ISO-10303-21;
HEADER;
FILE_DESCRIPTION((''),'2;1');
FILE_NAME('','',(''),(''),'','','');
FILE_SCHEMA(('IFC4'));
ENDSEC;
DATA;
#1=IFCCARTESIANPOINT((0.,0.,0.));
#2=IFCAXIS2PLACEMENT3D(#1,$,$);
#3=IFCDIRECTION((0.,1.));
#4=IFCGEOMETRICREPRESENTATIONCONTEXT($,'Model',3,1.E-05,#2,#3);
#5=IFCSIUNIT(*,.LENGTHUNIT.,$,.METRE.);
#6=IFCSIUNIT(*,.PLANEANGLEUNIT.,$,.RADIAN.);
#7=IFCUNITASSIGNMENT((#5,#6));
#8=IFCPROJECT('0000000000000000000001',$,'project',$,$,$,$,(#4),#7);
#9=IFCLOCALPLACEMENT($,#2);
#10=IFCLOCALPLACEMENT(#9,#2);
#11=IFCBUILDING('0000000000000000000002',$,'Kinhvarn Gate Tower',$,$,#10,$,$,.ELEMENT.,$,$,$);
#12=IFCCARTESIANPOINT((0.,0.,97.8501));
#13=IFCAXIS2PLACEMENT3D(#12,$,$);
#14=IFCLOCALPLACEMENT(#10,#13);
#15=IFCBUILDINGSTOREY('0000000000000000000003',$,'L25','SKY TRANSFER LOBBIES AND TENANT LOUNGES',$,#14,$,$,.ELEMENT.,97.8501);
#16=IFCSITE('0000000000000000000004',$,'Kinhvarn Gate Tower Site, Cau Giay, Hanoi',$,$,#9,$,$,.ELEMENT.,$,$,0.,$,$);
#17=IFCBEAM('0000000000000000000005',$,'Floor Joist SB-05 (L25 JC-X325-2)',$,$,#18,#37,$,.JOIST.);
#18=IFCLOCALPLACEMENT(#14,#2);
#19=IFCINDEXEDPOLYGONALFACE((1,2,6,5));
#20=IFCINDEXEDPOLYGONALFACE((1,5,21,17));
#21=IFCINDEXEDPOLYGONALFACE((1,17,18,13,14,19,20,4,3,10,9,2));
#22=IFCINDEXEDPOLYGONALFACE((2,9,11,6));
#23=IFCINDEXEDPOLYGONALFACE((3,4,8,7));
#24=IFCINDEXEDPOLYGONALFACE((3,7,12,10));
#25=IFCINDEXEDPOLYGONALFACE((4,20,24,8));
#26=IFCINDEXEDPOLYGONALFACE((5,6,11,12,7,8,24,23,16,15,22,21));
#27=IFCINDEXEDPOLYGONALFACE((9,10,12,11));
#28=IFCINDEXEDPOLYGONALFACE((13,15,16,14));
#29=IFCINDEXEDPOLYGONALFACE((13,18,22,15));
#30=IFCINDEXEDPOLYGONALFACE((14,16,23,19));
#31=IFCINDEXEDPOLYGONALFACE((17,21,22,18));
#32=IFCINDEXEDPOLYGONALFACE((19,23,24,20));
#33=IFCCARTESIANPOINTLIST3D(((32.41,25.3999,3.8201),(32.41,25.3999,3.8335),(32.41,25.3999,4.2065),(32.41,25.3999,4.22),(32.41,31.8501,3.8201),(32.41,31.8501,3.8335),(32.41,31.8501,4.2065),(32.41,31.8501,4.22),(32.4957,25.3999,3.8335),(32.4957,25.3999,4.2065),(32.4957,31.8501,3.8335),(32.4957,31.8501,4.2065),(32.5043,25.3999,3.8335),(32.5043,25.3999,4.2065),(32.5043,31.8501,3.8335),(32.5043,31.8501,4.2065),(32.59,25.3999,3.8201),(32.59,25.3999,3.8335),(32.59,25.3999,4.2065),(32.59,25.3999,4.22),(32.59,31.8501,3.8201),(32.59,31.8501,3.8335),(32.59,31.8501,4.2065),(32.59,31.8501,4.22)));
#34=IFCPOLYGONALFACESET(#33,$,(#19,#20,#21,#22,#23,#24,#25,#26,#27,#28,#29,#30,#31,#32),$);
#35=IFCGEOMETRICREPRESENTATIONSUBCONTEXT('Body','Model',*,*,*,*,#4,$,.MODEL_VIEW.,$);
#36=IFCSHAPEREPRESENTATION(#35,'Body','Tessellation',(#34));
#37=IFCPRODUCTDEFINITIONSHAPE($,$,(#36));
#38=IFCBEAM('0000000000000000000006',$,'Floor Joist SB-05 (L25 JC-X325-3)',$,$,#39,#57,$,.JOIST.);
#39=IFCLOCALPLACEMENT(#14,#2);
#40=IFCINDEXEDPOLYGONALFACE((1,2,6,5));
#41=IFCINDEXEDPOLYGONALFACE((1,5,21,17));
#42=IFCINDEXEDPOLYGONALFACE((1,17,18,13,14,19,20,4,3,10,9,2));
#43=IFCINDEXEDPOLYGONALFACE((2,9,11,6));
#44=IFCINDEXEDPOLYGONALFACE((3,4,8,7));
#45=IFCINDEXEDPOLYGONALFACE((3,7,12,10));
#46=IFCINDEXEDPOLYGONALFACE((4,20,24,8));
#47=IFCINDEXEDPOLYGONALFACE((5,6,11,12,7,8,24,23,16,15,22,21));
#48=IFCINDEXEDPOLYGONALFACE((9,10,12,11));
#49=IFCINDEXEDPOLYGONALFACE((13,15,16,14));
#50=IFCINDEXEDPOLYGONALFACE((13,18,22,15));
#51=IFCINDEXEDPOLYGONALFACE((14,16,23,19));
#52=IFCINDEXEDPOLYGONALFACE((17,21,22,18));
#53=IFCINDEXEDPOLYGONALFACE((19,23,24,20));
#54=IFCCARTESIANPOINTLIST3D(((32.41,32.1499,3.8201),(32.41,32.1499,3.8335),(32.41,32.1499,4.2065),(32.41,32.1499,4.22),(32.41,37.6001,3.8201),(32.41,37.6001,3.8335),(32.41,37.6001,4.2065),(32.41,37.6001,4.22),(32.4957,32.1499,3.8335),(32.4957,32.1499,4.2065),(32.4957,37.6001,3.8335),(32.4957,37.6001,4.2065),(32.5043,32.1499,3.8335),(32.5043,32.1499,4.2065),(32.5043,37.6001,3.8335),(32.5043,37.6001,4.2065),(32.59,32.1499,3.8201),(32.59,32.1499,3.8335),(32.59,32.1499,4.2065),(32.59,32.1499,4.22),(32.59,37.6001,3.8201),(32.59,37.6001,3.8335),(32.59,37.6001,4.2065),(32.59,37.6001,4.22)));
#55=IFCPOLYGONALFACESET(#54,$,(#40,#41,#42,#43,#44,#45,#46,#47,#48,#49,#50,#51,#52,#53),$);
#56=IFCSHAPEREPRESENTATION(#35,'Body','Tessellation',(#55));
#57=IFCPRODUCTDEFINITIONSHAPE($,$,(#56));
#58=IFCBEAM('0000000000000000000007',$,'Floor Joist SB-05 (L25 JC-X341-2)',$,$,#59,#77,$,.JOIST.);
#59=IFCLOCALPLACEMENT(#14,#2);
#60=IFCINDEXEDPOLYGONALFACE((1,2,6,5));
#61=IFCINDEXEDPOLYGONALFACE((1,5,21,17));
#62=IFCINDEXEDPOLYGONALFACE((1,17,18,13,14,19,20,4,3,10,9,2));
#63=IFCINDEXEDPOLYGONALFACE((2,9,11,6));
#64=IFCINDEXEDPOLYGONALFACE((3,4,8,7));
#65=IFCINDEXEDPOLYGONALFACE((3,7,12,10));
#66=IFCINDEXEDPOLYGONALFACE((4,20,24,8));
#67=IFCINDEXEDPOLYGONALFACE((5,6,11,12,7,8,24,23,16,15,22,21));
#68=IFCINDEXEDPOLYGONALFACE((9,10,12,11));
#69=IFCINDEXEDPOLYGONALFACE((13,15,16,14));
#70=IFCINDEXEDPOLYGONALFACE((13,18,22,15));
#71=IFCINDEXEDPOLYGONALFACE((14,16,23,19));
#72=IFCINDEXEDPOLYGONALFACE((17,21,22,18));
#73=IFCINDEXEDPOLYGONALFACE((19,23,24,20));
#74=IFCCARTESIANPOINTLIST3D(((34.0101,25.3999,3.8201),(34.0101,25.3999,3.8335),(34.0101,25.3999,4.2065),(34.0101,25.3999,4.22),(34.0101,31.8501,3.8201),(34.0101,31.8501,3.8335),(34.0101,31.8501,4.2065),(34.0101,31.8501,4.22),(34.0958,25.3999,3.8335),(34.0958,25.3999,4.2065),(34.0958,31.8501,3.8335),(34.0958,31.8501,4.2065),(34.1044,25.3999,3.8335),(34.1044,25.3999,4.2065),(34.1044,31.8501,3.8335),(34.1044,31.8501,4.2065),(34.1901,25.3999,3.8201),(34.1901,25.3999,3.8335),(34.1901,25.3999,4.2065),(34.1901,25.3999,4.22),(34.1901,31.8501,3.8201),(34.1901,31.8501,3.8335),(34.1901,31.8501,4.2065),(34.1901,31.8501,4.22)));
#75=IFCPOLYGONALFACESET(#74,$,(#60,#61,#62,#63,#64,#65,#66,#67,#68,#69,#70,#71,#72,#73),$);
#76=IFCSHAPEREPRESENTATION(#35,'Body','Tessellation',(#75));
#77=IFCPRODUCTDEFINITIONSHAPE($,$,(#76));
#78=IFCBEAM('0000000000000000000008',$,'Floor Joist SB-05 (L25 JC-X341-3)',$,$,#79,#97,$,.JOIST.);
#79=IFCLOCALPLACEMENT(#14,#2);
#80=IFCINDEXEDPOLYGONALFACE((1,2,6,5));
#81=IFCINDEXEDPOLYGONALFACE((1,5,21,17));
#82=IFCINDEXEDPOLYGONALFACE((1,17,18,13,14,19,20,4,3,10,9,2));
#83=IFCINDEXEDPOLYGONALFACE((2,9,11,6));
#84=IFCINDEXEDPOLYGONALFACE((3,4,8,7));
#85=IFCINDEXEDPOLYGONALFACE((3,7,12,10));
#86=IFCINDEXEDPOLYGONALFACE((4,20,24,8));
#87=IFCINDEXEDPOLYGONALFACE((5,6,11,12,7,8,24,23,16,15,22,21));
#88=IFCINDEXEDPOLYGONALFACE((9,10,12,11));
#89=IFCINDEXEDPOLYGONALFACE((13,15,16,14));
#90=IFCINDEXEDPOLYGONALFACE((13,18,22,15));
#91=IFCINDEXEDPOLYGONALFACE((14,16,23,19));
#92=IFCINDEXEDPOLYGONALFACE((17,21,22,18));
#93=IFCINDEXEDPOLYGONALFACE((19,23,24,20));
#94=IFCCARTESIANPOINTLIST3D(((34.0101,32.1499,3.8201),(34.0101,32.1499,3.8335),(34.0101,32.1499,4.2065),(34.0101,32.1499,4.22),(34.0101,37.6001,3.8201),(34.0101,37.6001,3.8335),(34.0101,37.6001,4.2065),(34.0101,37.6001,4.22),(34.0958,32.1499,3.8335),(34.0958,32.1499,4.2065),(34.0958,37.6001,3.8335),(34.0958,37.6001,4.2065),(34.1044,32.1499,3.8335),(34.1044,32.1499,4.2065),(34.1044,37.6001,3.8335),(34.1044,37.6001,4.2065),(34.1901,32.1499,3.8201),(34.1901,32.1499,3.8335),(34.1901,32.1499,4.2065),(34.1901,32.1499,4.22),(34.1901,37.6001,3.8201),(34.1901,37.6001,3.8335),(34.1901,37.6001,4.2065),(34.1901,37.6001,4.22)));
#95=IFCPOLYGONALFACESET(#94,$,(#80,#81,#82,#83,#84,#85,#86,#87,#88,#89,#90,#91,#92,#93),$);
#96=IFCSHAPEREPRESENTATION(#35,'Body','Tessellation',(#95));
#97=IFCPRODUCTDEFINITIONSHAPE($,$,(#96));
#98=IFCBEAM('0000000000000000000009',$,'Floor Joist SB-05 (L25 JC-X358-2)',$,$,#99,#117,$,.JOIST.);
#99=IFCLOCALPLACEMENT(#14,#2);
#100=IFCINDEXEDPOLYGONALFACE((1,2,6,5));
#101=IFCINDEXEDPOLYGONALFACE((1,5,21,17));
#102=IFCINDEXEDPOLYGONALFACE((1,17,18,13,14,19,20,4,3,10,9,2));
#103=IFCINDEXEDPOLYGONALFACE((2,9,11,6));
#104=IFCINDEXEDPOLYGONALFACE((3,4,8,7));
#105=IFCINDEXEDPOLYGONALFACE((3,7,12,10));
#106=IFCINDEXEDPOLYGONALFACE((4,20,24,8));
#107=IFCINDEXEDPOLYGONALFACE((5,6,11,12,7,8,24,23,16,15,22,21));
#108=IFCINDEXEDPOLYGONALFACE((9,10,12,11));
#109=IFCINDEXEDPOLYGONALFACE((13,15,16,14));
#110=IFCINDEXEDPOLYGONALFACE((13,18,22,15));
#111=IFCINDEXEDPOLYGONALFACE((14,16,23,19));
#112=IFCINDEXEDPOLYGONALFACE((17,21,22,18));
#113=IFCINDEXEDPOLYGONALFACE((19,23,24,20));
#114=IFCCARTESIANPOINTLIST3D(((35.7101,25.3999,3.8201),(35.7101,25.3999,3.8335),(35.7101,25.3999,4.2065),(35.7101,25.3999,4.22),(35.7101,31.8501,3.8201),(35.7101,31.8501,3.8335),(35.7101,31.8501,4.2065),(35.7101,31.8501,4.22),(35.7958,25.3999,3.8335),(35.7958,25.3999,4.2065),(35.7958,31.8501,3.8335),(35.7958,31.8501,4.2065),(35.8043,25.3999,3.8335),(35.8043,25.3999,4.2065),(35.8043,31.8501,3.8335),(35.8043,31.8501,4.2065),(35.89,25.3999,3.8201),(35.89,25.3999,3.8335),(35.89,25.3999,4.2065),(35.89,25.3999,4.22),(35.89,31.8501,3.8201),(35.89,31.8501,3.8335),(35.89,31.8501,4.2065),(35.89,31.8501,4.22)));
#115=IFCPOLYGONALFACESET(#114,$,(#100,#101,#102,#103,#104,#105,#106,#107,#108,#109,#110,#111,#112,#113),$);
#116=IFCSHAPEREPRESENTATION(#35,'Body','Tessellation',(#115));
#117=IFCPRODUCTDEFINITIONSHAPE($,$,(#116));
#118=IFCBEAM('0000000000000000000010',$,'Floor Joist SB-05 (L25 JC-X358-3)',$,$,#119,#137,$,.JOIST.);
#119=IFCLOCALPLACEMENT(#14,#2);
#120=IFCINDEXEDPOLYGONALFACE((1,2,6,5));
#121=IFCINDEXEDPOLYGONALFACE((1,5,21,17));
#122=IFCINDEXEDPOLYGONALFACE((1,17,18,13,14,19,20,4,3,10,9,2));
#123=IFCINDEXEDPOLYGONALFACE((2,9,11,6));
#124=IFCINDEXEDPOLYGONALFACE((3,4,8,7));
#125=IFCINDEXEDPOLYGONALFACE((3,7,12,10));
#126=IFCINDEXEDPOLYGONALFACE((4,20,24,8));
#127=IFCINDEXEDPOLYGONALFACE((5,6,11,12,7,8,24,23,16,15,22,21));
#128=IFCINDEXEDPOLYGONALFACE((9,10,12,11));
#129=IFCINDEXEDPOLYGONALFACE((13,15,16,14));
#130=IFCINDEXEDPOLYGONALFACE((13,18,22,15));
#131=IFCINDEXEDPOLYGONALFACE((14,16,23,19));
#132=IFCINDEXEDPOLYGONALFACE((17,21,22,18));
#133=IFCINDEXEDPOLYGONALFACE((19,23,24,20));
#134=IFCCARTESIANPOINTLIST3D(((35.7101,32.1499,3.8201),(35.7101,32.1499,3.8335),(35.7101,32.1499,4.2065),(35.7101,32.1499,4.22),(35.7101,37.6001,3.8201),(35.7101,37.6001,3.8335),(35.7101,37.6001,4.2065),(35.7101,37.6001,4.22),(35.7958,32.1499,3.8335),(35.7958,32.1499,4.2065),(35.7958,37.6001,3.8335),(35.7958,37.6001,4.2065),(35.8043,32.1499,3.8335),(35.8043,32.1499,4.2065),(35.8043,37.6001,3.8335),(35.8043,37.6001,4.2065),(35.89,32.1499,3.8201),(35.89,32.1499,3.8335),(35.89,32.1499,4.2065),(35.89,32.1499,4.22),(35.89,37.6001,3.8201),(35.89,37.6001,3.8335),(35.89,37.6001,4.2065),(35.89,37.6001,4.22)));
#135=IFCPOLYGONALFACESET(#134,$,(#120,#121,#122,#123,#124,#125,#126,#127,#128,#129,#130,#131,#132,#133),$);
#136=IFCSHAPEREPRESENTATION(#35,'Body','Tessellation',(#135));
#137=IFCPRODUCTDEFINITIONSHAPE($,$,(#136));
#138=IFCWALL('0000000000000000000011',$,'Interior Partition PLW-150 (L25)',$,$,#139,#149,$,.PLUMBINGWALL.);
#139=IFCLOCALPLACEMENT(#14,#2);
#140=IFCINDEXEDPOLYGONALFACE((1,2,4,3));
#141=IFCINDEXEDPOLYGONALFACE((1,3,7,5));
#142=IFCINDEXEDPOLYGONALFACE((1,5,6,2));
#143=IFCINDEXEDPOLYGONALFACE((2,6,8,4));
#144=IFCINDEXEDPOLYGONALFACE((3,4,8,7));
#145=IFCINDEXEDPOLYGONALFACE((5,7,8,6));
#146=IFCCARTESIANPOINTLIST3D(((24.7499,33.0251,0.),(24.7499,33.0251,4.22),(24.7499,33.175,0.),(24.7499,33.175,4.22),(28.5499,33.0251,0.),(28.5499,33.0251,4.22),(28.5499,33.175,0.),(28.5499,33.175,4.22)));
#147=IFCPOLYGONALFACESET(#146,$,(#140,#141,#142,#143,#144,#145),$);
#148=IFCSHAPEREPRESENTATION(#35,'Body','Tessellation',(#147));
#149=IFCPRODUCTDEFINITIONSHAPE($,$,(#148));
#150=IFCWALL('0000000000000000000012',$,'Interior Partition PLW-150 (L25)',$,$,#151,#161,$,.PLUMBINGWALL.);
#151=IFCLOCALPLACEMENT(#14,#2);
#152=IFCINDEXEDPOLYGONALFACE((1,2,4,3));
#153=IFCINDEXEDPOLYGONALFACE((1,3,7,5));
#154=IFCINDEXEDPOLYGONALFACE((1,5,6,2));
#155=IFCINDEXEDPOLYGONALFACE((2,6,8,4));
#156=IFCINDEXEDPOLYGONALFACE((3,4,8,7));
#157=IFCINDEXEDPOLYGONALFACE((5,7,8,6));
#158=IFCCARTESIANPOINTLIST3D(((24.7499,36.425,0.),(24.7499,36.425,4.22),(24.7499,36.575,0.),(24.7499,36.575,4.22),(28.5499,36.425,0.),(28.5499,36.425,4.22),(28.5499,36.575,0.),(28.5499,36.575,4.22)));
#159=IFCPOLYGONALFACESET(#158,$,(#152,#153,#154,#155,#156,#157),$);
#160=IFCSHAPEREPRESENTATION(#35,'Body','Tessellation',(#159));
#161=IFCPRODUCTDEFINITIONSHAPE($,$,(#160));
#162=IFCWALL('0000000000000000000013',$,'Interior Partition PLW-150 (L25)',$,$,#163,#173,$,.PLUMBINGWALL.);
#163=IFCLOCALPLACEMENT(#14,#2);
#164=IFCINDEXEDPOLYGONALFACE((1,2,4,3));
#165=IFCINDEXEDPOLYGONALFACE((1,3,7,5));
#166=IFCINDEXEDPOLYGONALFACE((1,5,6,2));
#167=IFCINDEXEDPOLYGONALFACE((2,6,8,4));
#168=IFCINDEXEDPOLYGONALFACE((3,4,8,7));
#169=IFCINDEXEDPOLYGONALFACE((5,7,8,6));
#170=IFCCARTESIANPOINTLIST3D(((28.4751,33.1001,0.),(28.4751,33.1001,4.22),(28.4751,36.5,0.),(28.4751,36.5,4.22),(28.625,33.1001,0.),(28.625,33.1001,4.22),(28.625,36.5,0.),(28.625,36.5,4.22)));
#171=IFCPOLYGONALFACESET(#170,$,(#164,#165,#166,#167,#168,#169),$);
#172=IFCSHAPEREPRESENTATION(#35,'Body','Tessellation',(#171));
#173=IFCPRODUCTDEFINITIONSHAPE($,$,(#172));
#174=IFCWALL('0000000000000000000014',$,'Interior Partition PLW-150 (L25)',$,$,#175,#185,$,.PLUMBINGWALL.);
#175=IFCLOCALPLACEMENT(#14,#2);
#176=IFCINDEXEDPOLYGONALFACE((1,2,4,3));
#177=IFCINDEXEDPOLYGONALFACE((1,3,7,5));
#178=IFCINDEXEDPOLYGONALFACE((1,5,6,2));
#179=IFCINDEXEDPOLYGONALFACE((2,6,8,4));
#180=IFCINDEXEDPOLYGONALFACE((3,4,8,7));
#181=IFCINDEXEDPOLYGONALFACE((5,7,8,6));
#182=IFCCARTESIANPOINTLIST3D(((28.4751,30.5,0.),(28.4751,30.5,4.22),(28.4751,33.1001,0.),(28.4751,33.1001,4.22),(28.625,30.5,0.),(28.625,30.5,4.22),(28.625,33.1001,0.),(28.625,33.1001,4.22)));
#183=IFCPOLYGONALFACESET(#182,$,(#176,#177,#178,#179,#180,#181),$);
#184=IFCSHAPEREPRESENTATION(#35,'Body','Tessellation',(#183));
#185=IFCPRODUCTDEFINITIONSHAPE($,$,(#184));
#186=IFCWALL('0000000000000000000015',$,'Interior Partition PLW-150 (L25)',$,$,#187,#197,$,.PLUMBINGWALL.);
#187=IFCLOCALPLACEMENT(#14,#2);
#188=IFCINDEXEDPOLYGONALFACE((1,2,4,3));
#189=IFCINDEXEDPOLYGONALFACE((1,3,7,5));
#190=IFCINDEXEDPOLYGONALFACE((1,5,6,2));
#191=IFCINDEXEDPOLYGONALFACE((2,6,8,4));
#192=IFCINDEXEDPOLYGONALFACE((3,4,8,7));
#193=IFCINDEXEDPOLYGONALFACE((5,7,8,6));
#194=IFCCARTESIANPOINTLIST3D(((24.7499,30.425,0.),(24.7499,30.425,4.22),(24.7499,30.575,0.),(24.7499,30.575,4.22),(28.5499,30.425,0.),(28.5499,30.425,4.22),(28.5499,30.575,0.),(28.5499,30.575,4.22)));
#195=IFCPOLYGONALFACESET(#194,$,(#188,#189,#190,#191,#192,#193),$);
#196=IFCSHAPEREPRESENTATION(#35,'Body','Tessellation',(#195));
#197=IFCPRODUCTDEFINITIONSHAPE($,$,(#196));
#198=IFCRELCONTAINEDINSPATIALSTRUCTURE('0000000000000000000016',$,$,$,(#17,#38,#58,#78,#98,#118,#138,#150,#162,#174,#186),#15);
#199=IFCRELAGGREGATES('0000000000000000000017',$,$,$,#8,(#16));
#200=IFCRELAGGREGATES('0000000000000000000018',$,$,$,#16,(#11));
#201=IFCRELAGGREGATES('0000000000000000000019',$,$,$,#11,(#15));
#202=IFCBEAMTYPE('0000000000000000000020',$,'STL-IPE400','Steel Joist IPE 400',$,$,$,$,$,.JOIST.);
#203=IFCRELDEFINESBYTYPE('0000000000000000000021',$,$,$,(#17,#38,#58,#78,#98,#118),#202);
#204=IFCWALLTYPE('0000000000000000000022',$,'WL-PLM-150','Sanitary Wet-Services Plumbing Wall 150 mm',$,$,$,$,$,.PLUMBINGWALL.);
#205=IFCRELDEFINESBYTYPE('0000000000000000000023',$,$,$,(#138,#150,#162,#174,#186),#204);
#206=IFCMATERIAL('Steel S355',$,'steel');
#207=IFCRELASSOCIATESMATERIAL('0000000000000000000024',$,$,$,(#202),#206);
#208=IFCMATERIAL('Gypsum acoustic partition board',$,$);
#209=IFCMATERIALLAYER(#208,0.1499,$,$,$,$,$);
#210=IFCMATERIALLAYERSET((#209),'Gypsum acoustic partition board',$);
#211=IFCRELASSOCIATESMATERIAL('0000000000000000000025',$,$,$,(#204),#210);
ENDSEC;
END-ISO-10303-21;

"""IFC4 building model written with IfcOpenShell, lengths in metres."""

from ifc_helpers import new_model, si_unit, direction, frame, frame_2d, origin, origin_2d, place, context, subcontext, project, spatial, rectangle, i_section, extrude, material, layer, layer_set, material_profile, profile_set, type_object, element, save


model = new_model("IFC4")

# Units and contexts
model_context = context("Model", 3, precision=1e-05, world=origin(), true_north=direction((0.0, 1.0)))
body_context = subcontext(model_context, "Body", "Model", "MODEL_VIEW")
ifc_project = project(units=[si_unit("LENGTHUNIT", "METRE"), si_unit("PLANEANGLEUNIT", "RADIAN")], contexts=[model_context])

# Site, building, storey
site_placement = place(None, origin())
site = spatial("IfcSite", under=ifc_project, at=site_placement, Name="Kinhvarn Gate Tower Site, Cau Giay, Hanoi", CompositionType="ELEMENT", RefElevation=0.0)
building_placement = place(site_placement, origin())
building = spatial("IfcBuilding", under=site, at=building_placement, Name="Kinhvarn Gate Tower", CompositionType="ELEMENT")
storey_placement = place(building_placement, frame((0.0, 0.0, 97.8501)))
storey = spatial("IfcBuildingStorey", under=building, at=storey_placement, Name="L25", Description="SKY TRANSFER LOBBIES AND TENANT LOUNGES", CompositionType="ELEMENT", Elevation=97.8501)

# Beams
ifc_material_1 = material(Name="Steel S355", Category="steel")
ifc_material_profile_1 = material_profile(ifc_material_1, i_section(OverallWidth=0.1799, OverallDepth=0.3999, WebThickness=0.0085, FlangeThickness=0.0134, at=origin_2d()), Name="IPE 400")
ifc_profile_set_1 = profile_set([ifc_material_profile_1], Name="Steel S355")
beam_type_1 = type_object("IfcBeamType", Name="STL-IPE400", Description="Steel Joist IPE 400", PredefinedType="JOIST", material=ifc_profile_set_1)
beam_1_placement = place(storey_placement, frame((32.5, 25.3999, 4.02), z_axis=(0.0, 1.0, 0.0), x_axis=(-1.0, 0.0, 0.0)))
element("IfcBeam", 1, at=beam_1_placement, inside=storey, type_object=beam_type_1, Name="Floor Joist SB-05 (L25 JC-X325-2)", PredefinedType="JOIST", context=body_context, shape_type="SweptSolid", body=[
    extrude(i_section(OverallWidth=0.1799, OverallDepth=0.3999, WebThickness=0.0085, FlangeThickness=0.0134, at=origin_2d()), origin(), (0.0, 0.0, 1.0), 6.4502),
])
beam_2_placement = place(storey_placement, frame((32.5, 32.1499, 4.02), z_axis=(0.0, 1.0, 0.0), x_axis=(-1.0, 0.0, 0.0)))
element("IfcBeam", 2, at=beam_2_placement, inside=storey, type_object=beam_type_1, Name="Floor Joist SB-05 (L25 JC-X325-3)", PredefinedType="JOIST", context=body_context, shape_type="SweptSolid", body=[
    extrude(i_section(OverallWidth=0.1799, OverallDepth=0.3999, WebThickness=0.0085, FlangeThickness=0.0134, at=origin_2d()), origin(), (0.0, 0.0, 1.0), 5.4502),
])
beam_3_placement = place(storey_placement, frame((34.1001, 25.3999, 4.02), z_axis=(0.0, 1.0, 0.0), x_axis=(-1.0, 0.0, 0.0)))
element("IfcBeam", 3, at=beam_3_placement, inside=storey, type_object=beam_type_1, Name="Floor Joist SB-05 (L25 JC-X341-2)", PredefinedType="JOIST", context=body_context, shape_type="SweptSolid", body=[
    extrude(i_section(OverallWidth=0.1799, OverallDepth=0.3999, WebThickness=0.0085, FlangeThickness=0.0134, at=origin_2d()), origin(), (0.0, 0.0, 1.0), 6.4502),
])
beam_4_placement = place(storey_placement, frame((34.1001, 32.1499, 4.02), z_axis=(0.0, 1.0, 0.0), x_axis=(-1.0, 0.0, 0.0)))
element("IfcBeam", 4, at=beam_4_placement, inside=storey, type_object=beam_type_1, Name="Floor Joist SB-05 (L25 JC-X341-3)", PredefinedType="JOIST", context=body_context, shape_type="SweptSolid", body=[
    extrude(i_section(OverallWidth=0.1799, OverallDepth=0.3999, WebThickness=0.0085, FlangeThickness=0.0134, at=origin_2d()), origin(), (0.0, 0.0, 1.0), 5.4502),
])
beam_5_placement = place(storey_placement, frame((35.8, 25.3999, 4.02), z_axis=(0.0, 1.0, 0.0), x_axis=(-1.0, 0.0, 0.0)))
element("IfcBeam", 5, at=beam_5_placement, inside=storey, type_object=beam_type_1, Name="Floor Joist SB-05 (L25 JC-X358-2)", PredefinedType="JOIST", context=body_context, shape_type="SweptSolid", body=[
    extrude(i_section(OverallWidth=0.1799, OverallDepth=0.3999, WebThickness=0.0085, FlangeThickness=0.0134, at=origin_2d()), origin(), (0.0, 0.0, 1.0), 6.4502),
])
beam_6_placement = place(storey_placement, frame((35.8, 32.1499, 4.02), z_axis=(0.0, 1.0, 0.0), x_axis=(-1.0, 0.0, 0.0)))
element("IfcBeam", 6, at=beam_6_placement, inside=storey, type_object=beam_type_1, Name="Floor Joist SB-05 (L25 JC-X358-3)", PredefinedType="JOIST", context=body_context, shape_type="SweptSolid", body=[
    extrude(i_section(OverallWidth=0.1799, OverallDepth=0.3999, WebThickness=0.0085, FlangeThickness=0.0134, at=origin_2d()), origin(), (0.0, 0.0, 1.0), 5.4502),
])

# Walls
ifc_material_2 = material(Name="Gypsum acoustic partition board")
ifc_layer_1 = layer(ifc_material_2, 0.1499)
ifc_layer_set_1 = layer_set([ifc_layer_1], Name="Gypsum acoustic partition board")
wall_type_1 = type_object("IfcWallType", Name="WL-PLM-150", Description="Sanitary Wet-Services Plumbing Wall 150 mm", PredefinedType="PLUMBINGWALL", material=ifc_layer_set_1)
for number, where, z_axis, x_axis, name in (
    (7, (24.75, 33.1001, 0.0), (0.0, 0.0, 1.0), (1.0, 0.0, 0.0), "Interior Partition PLW-150 (L25)"),
    (8, (24.75, 36.5, 0.0), (0.0, 0.0, 1.0), (1.0, 0.0, 0.0), "Interior Partition PLW-150 (L25)"),
):
    element("IfcWall", number, at=place(storey_placement, frame(where, z_axis=z_axis, x_axis=x_axis)), inside=storey, type_object=wall_type_1, Name=name, PredefinedType="PLUMBINGWALL", context=body_context, shape_type="SweptSolid", body=[
        extrude(rectangle(XDim=3.8, YDim=0.1499, at=frame_2d((1.8999, 0.0))), origin(), (0.0, 0.0, 1.0), 4.22),
    ])
wall_1_placement = place(storey_placement, frame((28.55, 33.1001, 0.0), z_axis=(0.0, 0.0, 1.0), x_axis=(0.0, 1.0, 0.0)))
element("IfcWall", 9, at=wall_1_placement, inside=storey, type_object=wall_type_1, Name="Interior Partition PLW-150 (L25)", PredefinedType="PLUMBINGWALL", context=body_context, shape_type="SweptSolid", body=[
    extrude(rectangle(XDim=3.3999, YDim=0.1499, at=frame_2d((1.7, 0.0))), origin(), (0.0, 0.0, 1.0), 4.22),
])
wall_2_placement = place(storey_placement, frame((28.55, 30.5, 0.0), z_axis=(0.0, 0.0, 1.0), x_axis=(0.0, 1.0, 0.0)))
element("IfcWall", 10, at=wall_2_placement, inside=storey, type_object=wall_type_1, Name="Interior Partition PLW-150 (L25)", PredefinedType="PLUMBINGWALL", context=body_context, shape_type="SweptSolid", body=[
    extrude(rectangle(XDim=2.6001, YDim=0.1499, at=frame_2d((1.3, 0.0))), origin(), (0.0, 0.0, 1.0), 4.22),
])
wall_3_placement = place(storey_placement, frame((24.75, 30.5, 0.0), z_axis=(0.0, 0.0, 1.0), x_axis=(1.0, 0.0, 0.0)))
element("IfcWall", 11, at=wall_3_placement, inside=storey, type_object=wall_type_1, Name="Interior Partition PLW-150 (L25)", PredefinedType="PLUMBINGWALL", context=body_context, shape_type="SweptSolid", body=[
    extrude(rectangle(XDim=3.8, YDim=0.1499, at=frame_2d((1.8999, 0.0))), origin(), (0.0, 0.0, 1.0), 4.22),
])

save(model, "model.ifc")
